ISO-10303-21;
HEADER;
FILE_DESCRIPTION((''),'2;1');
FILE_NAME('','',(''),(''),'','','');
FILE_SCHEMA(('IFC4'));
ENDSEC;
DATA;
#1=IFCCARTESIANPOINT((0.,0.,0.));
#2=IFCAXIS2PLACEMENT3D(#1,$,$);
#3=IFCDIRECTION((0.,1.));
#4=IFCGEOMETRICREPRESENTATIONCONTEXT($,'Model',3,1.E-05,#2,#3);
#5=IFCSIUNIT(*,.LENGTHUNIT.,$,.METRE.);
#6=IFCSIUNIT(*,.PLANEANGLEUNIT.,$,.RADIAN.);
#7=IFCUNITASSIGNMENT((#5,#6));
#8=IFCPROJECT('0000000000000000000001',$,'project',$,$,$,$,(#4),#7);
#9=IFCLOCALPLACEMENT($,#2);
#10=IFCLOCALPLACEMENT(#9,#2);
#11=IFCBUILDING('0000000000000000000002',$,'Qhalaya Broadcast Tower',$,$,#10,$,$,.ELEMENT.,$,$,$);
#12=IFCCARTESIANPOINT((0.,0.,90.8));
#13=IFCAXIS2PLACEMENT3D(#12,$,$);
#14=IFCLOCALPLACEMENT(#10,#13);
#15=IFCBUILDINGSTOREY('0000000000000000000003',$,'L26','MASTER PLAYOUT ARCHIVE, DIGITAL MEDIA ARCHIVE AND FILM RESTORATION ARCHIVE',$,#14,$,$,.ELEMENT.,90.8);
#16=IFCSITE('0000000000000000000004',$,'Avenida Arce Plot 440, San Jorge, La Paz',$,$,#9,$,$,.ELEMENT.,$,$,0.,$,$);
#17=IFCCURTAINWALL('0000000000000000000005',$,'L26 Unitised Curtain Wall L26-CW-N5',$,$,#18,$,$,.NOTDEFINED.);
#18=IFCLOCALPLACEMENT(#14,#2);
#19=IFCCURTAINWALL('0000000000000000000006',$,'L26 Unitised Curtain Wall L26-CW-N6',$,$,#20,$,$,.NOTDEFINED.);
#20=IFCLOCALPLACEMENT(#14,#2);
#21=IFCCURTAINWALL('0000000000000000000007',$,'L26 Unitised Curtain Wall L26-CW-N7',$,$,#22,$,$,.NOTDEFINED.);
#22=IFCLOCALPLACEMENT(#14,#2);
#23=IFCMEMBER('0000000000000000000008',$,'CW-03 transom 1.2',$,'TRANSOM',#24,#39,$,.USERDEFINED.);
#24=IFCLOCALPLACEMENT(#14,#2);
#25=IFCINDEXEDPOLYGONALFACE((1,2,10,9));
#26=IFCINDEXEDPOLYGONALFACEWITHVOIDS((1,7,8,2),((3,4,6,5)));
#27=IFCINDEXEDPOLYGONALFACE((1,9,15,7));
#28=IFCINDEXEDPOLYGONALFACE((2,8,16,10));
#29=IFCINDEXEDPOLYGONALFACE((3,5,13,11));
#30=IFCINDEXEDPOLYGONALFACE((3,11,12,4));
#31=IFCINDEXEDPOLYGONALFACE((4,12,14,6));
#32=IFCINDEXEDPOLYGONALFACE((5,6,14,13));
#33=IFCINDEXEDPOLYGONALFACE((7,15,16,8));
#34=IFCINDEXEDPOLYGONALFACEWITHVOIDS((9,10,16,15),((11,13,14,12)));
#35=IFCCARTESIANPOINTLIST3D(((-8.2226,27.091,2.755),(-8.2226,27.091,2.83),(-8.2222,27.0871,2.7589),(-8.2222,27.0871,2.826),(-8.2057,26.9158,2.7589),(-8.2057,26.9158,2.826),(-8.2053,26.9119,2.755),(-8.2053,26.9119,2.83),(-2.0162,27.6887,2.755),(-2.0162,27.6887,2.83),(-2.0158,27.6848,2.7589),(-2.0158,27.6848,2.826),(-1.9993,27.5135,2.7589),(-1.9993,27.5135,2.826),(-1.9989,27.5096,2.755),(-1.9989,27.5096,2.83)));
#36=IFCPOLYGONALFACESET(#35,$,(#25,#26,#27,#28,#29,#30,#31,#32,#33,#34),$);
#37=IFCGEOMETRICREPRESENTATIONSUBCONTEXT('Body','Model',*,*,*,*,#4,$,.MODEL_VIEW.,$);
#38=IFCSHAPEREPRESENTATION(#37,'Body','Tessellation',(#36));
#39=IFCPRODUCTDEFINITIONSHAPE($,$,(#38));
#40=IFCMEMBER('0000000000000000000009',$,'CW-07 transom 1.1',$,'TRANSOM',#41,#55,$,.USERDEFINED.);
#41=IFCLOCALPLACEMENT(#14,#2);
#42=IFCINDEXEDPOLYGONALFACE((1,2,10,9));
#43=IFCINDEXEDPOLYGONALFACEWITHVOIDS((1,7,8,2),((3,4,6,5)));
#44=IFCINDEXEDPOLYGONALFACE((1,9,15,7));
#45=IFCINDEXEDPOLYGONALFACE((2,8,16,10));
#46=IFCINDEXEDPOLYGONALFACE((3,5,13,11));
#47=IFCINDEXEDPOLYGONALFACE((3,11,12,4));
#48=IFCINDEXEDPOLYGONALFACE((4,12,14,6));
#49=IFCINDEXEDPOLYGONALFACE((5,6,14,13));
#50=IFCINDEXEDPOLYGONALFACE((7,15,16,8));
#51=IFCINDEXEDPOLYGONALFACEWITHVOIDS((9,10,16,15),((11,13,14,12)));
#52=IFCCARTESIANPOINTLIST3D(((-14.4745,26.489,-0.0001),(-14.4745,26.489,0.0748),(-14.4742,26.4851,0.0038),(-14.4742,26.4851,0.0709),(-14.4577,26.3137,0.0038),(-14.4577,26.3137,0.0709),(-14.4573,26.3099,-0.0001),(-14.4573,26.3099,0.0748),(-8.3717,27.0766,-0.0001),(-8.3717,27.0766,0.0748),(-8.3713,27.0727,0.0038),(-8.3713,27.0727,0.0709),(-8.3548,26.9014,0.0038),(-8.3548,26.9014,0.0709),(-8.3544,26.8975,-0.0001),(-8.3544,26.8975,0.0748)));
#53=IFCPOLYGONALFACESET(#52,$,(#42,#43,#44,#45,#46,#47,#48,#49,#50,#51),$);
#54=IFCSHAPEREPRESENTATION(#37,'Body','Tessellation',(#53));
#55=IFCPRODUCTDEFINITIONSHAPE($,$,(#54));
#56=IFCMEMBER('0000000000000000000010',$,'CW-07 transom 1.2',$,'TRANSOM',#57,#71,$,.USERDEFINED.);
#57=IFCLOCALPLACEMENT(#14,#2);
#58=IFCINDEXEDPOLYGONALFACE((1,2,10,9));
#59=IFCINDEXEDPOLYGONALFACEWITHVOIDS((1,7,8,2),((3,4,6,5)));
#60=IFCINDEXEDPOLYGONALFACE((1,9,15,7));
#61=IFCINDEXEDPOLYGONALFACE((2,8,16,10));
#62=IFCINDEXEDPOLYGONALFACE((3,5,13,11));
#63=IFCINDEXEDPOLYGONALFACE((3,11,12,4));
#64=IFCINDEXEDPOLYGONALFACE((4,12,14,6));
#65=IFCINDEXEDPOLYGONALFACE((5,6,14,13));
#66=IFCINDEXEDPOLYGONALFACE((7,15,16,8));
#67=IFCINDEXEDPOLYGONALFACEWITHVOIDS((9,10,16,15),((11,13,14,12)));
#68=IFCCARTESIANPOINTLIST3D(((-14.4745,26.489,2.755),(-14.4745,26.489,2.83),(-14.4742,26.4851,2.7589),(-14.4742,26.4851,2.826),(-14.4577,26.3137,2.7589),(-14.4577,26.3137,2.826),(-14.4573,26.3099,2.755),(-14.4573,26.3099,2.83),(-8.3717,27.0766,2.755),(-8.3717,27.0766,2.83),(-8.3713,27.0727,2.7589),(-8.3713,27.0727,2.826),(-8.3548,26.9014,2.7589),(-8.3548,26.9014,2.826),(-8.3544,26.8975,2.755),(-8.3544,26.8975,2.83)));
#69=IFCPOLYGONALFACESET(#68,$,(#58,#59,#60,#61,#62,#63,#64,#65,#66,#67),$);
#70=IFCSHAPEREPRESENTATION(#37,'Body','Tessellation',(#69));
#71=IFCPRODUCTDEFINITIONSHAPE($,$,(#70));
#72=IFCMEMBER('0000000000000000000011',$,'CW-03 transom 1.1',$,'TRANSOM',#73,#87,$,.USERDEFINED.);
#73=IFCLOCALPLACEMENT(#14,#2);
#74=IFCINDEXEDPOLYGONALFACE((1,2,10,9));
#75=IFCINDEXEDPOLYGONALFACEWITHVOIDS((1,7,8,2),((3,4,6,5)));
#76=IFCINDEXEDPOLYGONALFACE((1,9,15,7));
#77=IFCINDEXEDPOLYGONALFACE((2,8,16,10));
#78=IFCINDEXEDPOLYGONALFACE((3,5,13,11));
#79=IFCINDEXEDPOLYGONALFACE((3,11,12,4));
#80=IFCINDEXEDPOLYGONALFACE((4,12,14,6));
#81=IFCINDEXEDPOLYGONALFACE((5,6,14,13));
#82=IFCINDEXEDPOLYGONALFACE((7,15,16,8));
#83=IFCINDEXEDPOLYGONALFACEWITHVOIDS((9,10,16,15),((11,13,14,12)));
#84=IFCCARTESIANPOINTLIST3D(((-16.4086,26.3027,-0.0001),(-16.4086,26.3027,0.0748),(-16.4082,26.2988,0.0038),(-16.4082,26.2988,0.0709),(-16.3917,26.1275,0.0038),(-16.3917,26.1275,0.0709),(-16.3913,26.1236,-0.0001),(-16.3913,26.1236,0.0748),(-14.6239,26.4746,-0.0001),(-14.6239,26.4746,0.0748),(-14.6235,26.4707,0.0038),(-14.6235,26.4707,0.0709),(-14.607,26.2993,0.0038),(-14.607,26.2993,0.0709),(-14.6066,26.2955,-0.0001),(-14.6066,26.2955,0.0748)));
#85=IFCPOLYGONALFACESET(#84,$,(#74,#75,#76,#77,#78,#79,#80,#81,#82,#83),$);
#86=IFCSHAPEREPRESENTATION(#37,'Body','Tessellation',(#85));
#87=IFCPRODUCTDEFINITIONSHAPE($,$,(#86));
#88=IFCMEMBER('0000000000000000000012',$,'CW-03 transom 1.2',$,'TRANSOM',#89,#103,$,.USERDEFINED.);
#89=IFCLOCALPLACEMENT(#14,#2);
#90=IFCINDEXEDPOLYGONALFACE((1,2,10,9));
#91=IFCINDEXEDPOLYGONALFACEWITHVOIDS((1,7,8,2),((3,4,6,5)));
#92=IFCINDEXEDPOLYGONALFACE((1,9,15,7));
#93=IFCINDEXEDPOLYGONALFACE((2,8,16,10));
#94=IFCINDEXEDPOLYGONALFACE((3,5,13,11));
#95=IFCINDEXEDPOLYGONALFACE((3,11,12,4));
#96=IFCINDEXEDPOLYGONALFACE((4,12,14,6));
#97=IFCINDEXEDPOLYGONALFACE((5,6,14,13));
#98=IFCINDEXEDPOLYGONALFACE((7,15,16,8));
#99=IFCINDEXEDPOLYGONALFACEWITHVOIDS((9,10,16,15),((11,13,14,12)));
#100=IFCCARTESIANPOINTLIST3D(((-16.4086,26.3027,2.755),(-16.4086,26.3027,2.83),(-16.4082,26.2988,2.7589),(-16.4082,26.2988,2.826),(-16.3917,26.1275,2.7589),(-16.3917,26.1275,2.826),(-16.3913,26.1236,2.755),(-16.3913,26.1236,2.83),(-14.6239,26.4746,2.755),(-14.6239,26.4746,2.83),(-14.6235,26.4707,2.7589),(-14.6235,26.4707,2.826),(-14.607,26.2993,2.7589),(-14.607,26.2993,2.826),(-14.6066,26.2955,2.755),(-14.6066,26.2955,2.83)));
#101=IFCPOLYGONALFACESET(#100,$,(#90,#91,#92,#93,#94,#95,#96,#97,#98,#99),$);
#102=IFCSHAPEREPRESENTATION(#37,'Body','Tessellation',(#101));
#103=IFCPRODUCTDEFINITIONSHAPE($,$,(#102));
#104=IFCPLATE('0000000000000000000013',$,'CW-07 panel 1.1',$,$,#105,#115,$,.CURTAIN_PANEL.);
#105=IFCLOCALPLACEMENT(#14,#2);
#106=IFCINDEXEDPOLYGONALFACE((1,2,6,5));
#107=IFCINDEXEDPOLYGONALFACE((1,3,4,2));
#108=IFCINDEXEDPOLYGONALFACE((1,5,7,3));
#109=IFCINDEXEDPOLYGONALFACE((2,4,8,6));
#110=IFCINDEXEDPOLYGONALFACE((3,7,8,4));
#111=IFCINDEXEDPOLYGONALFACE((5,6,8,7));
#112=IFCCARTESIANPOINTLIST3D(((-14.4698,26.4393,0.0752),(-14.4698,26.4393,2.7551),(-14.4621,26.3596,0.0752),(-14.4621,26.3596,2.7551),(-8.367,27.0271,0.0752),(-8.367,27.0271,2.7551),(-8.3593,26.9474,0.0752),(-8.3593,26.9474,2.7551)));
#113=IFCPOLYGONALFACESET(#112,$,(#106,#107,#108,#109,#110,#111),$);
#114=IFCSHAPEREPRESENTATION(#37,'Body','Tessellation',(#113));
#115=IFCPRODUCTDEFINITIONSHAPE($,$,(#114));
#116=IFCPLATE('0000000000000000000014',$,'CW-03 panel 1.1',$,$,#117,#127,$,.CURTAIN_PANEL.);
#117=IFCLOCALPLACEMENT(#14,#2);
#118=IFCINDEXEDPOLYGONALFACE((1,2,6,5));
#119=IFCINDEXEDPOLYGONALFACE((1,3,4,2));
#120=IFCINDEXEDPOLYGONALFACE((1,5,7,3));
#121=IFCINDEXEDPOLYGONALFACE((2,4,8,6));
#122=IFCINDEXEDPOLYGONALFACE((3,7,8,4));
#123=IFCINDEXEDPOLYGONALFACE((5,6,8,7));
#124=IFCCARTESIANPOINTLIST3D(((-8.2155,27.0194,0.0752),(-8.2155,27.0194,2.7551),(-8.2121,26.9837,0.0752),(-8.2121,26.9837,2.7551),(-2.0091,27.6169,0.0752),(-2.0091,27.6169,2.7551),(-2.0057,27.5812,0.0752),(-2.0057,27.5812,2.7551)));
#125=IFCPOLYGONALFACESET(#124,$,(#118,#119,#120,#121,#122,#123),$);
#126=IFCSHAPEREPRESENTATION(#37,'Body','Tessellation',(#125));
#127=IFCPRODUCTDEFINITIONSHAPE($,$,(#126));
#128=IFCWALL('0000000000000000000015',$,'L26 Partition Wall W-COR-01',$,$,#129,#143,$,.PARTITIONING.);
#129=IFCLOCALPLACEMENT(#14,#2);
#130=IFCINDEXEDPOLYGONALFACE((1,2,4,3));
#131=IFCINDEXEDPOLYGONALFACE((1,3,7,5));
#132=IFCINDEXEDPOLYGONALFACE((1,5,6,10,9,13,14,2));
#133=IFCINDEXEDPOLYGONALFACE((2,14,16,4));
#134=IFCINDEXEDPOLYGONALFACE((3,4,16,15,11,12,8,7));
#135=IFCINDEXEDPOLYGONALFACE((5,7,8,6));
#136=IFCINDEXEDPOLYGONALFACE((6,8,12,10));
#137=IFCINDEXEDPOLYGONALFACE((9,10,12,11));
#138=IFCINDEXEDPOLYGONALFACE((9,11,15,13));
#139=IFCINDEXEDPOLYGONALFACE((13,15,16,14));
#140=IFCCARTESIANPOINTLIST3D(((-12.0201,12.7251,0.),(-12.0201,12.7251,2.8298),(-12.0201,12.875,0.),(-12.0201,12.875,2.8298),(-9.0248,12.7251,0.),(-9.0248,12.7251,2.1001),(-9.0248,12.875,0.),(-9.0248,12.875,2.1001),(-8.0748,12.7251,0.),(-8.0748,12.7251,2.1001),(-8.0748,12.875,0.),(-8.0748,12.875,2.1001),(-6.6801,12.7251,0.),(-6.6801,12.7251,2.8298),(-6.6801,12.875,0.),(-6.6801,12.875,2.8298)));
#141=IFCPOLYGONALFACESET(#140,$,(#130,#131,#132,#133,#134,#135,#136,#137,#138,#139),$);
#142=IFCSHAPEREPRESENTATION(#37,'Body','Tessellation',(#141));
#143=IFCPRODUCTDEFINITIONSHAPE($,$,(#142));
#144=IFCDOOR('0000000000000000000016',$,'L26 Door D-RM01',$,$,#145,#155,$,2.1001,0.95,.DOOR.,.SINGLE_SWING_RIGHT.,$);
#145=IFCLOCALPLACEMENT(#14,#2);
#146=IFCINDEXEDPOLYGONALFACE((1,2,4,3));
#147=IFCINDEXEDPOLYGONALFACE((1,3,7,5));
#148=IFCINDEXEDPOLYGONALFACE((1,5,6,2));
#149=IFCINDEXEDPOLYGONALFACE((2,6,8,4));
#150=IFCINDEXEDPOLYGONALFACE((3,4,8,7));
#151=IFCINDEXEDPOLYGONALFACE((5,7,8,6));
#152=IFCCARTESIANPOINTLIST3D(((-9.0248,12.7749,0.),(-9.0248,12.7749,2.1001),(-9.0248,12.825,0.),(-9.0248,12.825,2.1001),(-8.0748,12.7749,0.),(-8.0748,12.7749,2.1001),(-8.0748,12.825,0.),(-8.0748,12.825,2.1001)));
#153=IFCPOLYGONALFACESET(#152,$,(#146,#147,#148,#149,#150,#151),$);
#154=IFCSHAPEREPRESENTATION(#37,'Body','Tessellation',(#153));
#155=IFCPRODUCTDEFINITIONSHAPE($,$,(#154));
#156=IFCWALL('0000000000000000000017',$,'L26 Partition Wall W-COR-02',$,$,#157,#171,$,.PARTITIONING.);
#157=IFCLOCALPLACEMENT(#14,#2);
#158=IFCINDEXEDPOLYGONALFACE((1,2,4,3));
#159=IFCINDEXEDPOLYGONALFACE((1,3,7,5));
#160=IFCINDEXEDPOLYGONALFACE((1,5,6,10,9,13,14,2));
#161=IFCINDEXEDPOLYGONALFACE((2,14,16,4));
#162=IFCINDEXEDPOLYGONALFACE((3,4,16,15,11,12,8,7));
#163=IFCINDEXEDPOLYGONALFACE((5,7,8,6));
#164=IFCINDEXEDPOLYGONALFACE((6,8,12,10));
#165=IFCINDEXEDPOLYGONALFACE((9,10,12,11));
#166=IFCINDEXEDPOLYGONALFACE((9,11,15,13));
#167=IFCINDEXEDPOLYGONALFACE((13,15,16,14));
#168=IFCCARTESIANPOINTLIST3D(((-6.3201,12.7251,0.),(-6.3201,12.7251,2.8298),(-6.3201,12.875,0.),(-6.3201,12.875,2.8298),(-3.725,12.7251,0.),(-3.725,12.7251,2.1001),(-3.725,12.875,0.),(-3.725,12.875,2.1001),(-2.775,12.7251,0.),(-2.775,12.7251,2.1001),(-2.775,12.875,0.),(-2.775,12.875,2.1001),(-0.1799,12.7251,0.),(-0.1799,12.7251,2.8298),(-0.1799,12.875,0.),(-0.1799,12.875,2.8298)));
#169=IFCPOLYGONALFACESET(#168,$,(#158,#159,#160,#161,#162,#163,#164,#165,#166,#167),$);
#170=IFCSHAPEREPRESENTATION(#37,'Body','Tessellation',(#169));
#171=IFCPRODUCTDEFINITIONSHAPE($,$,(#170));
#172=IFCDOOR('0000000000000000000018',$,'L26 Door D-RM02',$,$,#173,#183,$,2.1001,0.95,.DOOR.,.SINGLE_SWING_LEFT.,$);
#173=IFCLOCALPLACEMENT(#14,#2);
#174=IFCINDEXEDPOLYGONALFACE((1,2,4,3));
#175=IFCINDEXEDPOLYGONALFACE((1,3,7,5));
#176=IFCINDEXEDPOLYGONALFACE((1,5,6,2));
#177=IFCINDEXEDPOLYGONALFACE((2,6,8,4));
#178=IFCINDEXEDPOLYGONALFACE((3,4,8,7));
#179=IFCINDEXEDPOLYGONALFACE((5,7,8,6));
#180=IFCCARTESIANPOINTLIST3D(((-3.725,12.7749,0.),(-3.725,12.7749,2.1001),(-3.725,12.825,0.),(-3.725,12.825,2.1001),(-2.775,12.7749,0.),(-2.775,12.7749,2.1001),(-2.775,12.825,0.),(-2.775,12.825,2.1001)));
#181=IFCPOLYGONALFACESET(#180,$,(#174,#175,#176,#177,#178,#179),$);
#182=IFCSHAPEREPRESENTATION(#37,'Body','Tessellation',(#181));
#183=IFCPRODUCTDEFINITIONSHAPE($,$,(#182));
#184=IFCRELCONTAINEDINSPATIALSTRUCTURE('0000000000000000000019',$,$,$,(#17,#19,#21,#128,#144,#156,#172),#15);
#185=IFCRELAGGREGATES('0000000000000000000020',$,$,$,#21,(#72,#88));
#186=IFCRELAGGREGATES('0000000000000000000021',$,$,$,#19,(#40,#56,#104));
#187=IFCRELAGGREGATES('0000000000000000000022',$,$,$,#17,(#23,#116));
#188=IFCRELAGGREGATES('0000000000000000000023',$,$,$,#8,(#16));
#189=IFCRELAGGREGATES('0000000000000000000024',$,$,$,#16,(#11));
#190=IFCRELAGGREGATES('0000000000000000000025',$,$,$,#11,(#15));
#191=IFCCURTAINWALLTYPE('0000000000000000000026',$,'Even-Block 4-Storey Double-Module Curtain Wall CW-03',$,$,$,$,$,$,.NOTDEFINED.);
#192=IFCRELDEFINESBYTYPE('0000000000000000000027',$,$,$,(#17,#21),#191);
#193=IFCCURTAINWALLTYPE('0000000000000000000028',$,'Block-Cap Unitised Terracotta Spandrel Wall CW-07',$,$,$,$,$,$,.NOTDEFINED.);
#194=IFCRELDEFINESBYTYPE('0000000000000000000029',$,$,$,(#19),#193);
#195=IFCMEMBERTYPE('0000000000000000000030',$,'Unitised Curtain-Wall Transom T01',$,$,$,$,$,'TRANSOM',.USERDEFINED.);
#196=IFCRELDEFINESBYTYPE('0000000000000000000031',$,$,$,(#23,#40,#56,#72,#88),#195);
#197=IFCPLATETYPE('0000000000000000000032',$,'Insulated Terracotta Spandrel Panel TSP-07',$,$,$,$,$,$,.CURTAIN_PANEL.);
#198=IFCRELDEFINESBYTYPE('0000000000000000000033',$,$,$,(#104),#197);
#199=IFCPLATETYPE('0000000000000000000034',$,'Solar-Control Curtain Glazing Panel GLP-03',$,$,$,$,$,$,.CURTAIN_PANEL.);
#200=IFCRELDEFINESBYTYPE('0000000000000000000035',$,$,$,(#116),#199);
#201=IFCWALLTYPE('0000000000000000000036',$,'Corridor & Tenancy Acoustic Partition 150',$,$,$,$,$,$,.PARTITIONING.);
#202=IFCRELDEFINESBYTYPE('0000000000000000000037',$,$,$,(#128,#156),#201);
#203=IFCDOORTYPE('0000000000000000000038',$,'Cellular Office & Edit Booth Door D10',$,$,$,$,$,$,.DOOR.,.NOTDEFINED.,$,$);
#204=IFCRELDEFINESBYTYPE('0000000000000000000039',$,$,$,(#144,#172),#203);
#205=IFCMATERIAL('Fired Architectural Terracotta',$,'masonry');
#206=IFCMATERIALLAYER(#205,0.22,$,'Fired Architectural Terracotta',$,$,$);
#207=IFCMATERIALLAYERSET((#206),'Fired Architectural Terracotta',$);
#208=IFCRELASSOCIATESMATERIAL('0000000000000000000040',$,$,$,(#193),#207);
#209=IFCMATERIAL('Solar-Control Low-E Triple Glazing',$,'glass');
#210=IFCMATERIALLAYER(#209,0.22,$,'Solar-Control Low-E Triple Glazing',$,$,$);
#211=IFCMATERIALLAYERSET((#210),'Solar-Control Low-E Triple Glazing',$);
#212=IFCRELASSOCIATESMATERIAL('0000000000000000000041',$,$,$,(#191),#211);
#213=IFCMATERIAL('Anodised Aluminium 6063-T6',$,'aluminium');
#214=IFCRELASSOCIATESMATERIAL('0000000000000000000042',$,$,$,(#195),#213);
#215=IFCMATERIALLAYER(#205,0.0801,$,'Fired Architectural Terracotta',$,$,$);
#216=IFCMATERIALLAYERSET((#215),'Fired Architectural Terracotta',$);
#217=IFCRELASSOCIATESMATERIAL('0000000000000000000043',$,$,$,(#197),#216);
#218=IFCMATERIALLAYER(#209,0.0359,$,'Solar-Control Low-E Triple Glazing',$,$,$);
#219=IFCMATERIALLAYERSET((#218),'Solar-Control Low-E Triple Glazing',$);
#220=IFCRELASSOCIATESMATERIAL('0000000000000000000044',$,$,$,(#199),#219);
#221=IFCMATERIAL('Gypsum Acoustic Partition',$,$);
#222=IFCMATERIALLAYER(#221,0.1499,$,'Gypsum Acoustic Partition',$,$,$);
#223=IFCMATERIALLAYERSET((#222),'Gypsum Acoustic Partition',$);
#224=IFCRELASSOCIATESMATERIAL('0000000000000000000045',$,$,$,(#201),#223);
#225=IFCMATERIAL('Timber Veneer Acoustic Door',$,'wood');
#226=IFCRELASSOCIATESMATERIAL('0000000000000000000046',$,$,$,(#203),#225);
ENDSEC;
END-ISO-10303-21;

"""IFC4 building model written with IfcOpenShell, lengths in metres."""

from ifc_helpers import new_model, si_unit, direction, frame, frame_2d, origin, origin_2d, place, context, subcontext, project, spatial, rectangle, hollow_rectangle, extrude, material, layer, layer_set, material_profile, profile_set, type_object, element, fill, aggregate, save


model = new_model("IFC4")

# Units and contexts
model_context = context("Model", 3, precision=1e-05, world=origin(), true_north=direction((0.0, 1.0)))
body_context = subcontext(model_context, "Body", "Model", "MODEL_VIEW")
ifc_project = project(units=[si_unit("LENGTHUNIT", "METRE"), si_unit("PLANEANGLEUNIT", "RADIAN")], contexts=[model_context])

# Site, building, storey
site_placement = place(None, origin())
site = spatial("IfcSite", under=ifc_project, at=site_placement, Name="Avenida Arce Plot 440, San Jorge, La Paz", CompositionType="ELEMENT", RefElevation=0.0)
building_placement = place(site_placement, origin())
building = spatial("IfcBuilding", under=site, at=building_placement, Name="Qhalaya Broadcast Tower", CompositionType="ELEMENT")
storey_placement = place(building_placement, frame((0.0, 0.0, 90.8)))
storey = spatial("IfcBuildingStorey", under=building, at=storey_placement, Name="L26", Description="MASTER PLAYOUT ARCHIVE, DIGITAL MEDIA ARCHIVE AND FILM RESTORATION ARCHIVE", CompositionType="ELEMENT", Elevation=90.8)

# Shared definitions
ifc_material_1 = material(Name="Fired Architectural Terracotta", Category="masonry")
ifc_layer_1 = layer(ifc_material_1, 0.22, Name="Fired Architectural Terracotta")
ifc_layer_set_1 = layer_set([ifc_layer_1], Name="Fired Architectural Terracotta")
curtain_wall_type_1 = type_object("IfcCurtainWallType", Name="Block-Cap Unitised Terracotta Spandrel Wall CW-07", PredefinedType="NOTDEFINED", material=ifc_layer_set_1)
ifc_material_2 = material(Name="Anodised Aluminium 6063-T6", Category="aluminium")

# Curtain walls
ifc_material_3 = material(Name="Solar-Control Low-E Triple Glazing", Category="glass")
ifc_layer_2 = layer(ifc_material_3, 0.22, Name="Solar-Control Low-E Triple Glazing")
ifc_layer_set_2 = layer_set([ifc_layer_2], Name="Solar-Control Low-E Triple Glazing")
curtain_wall_type_2 = type_object("IfcCurtainWallType", Name="Even-Block 4-Storey Double-Module Curtain Wall CW-03", PredefinedType="NOTDEFINED", material=ifc_layer_set_2)
curtain_wall_1_placement = place(storey_placement, origin())
curtain_wall_1 = element("IfcCurtainWall", 1, at=curtain_wall_1_placement, inside=storey, type_object=curtain_wall_type_2, Name="L26 Unitised Curtain Wall L26-CW-N5", PredefinedType="NOTDEFINED")
curtain_wall_2_placement = place(storey_placement, origin())
curtain_wall_2 = element("IfcCurtainWall", 2, at=curtain_wall_2_placement, inside=storey, type_object=curtain_wall_type_1, Name="L26 Unitised Curtain Wall L26-CW-N6", PredefinedType="NOTDEFINED")

# Curtain wall
curtain_wall_3_placement = place(storey_placement, origin())
curtain_wall_3 = element("IfcCurtainWall", 3, at=curtain_wall_3_placement, inside=storey, type_object=curtain_wall_type_2, Name="L26 Unitised Curtain Wall L26-CW-N7", PredefinedType="NOTDEFINED")

# Members
ifc_material_profile_1 = material_profile(ifc_material_2, hollow_rectangle(XDim=0.075, YDim=0.1799, WallThickness=0.0039, at=origin_2d()), Name="ALU-TRN 75x180x4")
ifc_profile_set_1 = profile_set([ifc_material_profile_1], Name="Anodised Aluminium 6063-T6")
member_type_1 = type_object("IfcMemberType", Name="Unitised Curtain-Wall Transom T01", ElementType="TRANSOM", PredefinedType="USERDEFINED", material=ifc_profile_set_1)
member_1_placement = place(storey_placement, frame((-2.0076, 27.5991, 2.7925), z_axis=(-0.995395, -0.095855, 0.0), x_axis=(0.0, 0.0, 1.0)))
member_1 = element("IfcMember", 4, at=member_1_placement, type_object=member_type_1, Name="CW-03 transom 1.2", ObjectType="TRANSOM", PredefinedType="USERDEFINED", context=body_context, shape_type="SweptSolid", body=[
    extrude(hollow_rectangle(XDim=0.075, YDim=0.1799, WallThickness=0.0039, at=origin_2d()), origin(), (0.0, 0.0, 1.0), 6.2351),
])
member_2_placement = place(storey_placement, frame((-8.363, 26.9871, 0.0374), z_axis=(-0.995396, -0.095848, 0.0), x_axis=(0.0, 0.0, 1.0)))
member_2 = element("IfcMember", 5, at=member_2_placement, type_object=member_type_1, Name="CW-07 transom 1.1", ObjectType="TRANSOM", PredefinedType="USERDEFINED", context=body_context, shape_type="SweptSolid", body=[
    extrude(hollow_rectangle(XDim=0.075, YDim=0.1799, WallThickness=0.0039, at=origin_2d()), origin(), (0.0, 0.0, 1.0), 6.1311),
])
member_3_placement = place(storey_placement, frame((-8.363, 26.9871, 2.7925), z_axis=(-0.995396, -0.095848, 0.0), x_axis=(0.0, 0.0, 1.0)))
member_3 = element("IfcMember", 6, at=member_3_placement, type_object=member_type_1, Name="CW-07 transom 1.2", ObjectType="TRANSOM", PredefinedType="USERDEFINED", context=body_context, shape_type="SweptSolid", body=[
    extrude(hollow_rectangle(XDim=0.075, YDim=0.1799, WallThickness=0.0039, at=origin_2d()), origin(), (0.0, 0.0, 1.0), 6.1311),
])
member_4_placement = place(storey_placement, frame((-14.6152, 26.385, 0.0374), z_axis=(-0.995395, -0.095863, 0.0), x_axis=(0.0, 0.0, 1.0)))
member_4 = element("IfcMember", 7, at=member_4_placement, type_object=member_type_1, Name="CW-03 transom 1.1", ObjectType="TRANSOM", PredefinedType="USERDEFINED", context=body_context, shape_type="SweptSolid", body=[
    extrude(hollow_rectangle(XDim=0.075, YDim=0.1799, WallThickness=0.0039, at=origin_2d()), origin(), (0.0, 0.0, 1.0), 1.793),
])
member_5_placement = place(storey_placement, frame((-14.6152, 26.385, 2.7925), z_axis=(-0.995395, -0.095863, 0.0), x_axis=(0.0, 0.0, 1.0)))
member_5 = element("IfcMember", 8, at=member_5_placement, type_object=member_type_1, Name="CW-03 transom 1.2", ObjectType="TRANSOM", PredefinedType="USERDEFINED", context=body_context, shape_type="SweptSolid", body=[
    extrude(hollow_rectangle(XDim=0.075, YDim=0.1799, WallThickness=0.0039, at=origin_2d()), origin(), (0.0, 0.0, 1.0), 1.793),
])
aggregate(curtain_wall_3, [member_4, member_5])

# Plates
ifc_layer_3 = layer(ifc_material_1, 0.0801, Name="Fired Architectural Terracotta")
ifc_layer_set_3 = layer_set([ifc_layer_3], Name="Fired Architectural Terracotta")
plate_type_1 = type_object("IfcPlateType", Name="Insulated Terracotta Spandrel Panel TSP-07", PredefinedType="CURTAIN_PANEL", material=ifc_layer_set_3)
plate_1_placement = place(storey_placement, frame((-11.4146, 26.6934, 0.0752), z_axis=(0.0, 0.0, 1.0), x_axis=(-0.995395, -0.09586, 0.0)))
plate_1 = element("IfcPlate", 9, at=plate_1_placement, type_object=plate_type_1, Name="CW-07 panel 1.1", PredefinedType="CURTAIN_PANEL", context=body_context, shape_type="SweptSolid", body=[
    extrude(rectangle(XDim=6.1311, YDim=0.0801, at=origin_2d()), origin(), (0.0, 0.0, 1.0), 2.6799),
])
aggregate(curtain_wall_2, [member_2, member_3, plate_1])
ifc_layer_4 = layer(ifc_material_3, 0.0359, Name="Solar-Control Low-E Triple Glazing")
ifc_layer_set_4 = layer_set([ifc_layer_4], Name="Solar-Control Low-E Triple Glazing")
plate_type_2 = type_object("IfcPlateType", Name="Solar-Control Curtain Glazing Panel GLP-03", PredefinedType="CURTAIN_PANEL", material=ifc_layer_set_4)
plate_2_placement = place(storey_placement, frame((-5.1106, 27.3003, 0.0752), z_axis=(0.0, 0.0, 1.0), x_axis=(-0.995397, -0.095834, 0.0)))
plate_2 = element("IfcPlate", 10, at=plate_2_placement, type_object=plate_type_2, Name="CW-03 panel 1.1", PredefinedType="CURTAIN_PANEL", context=body_context, shape_type="SweptSolid", body=[
    extrude(rectangle(XDim=6.2351, YDim=0.0359, at=origin_2d()), origin(), (0.0, 0.0, 1.0), 2.6799),
])
aggregate(curtain_wall_1, [member_1, plate_2])

# Walls, openings, doors
ifc_material_4 = material(Name="Gypsum Acoustic Partition")
ifc_layer_5 = layer(ifc_material_4, 0.1499, Name="Gypsum Acoustic Partition")
ifc_layer_set_5 = layer_set([ifc_layer_5], Name="Gypsum Acoustic Partition")
wall_type_1 = type_object("IfcWallType", Name="Corridor & Tenancy Acoustic Partition 150", PredefinedType="PARTITIONING", material=ifc_layer_set_5)
wall_1_placement = place(storey_placement, frame((-12.02, 12.8, 0.0), z_axis=(0.0, 0.0, 1.0), x_axis=(1.0, 0.0, 0.0)))
wall_1 = element("IfcWall", 11, at=wall_1_placement, inside=storey, type_object=wall_type_1, Name="L26 Partition Wall W-COR-01", PredefinedType="PARTITIONING", context=body_context, shape_type="SweptSolid", body=[
    extrude(rectangle(XDim=5.3401, YDim=0.1499, at=frame_2d((2.6699, 0.0))), origin(), (0.0, 0.0, 1.0), 2.8298),
])
opening_1_placement = place(wall_1_placement, frame((2.9951, 0.0, 0.0)))
opening_1 = element("IfcOpeningElement", 12, at=opening_1_placement, cuts=wall_1, PredefinedType="OPENING", context=body_context, shape_type="SweptSolid", body=[
    extrude(rectangle(XDim=0.95, YDim=2.1001, at=frame_2d((0.4751, 1.05))), frame((0.0, 0.0869, 0.0), z_axis=(0.0, -1.0, 0.0), x_axis=(1.0, 0.0, 0.0)), (0.0, 0.0, 1.0), 0.1738),
])
ifc_material_5 = material(Name="Timber Veneer Acoustic Door", Category="wood")
door_type = type_object("IfcDoorType", Name="Cellular Office & Edit Booth Door D10", OperationType="NOTDEFINED", PredefinedType="DOOR", material=ifc_material_5)
door_1_placement = place(opening_1_placement, origin())
door_1 = element("IfcDoor", 13, at=door_1_placement, inside=storey, type_object=door_type, Name="L26 Door D-RM01", OperationType="SINGLE_SWING_RIGHT", OverallHeight=2.1001, OverallWidth=0.95, PredefinedType="DOOR", context=body_context, shape_type="SweptSolid", body=[
    extrude(rectangle(XDim=0.95, YDim=2.1001, at=frame_2d((0.4751, 1.05))), frame((0.0, 0.0249, 0.0), z_axis=(0.0, -1.0, 0.0), x_axis=(1.0, 0.0, 0.0)), (0.0, 0.0, 1.0), 0.05),
])
fill(opening_1, door_1)
wall_2_placement = place(storey_placement, frame((-6.3201, 12.8, 0.0), z_axis=(0.0, 0.0, 1.0), x_axis=(1.0, 0.0, 0.0)))
wall_2 = element("IfcWall", 14, at=wall_2_placement, inside=storey, type_object=wall_type_1, Name="L26 Partition Wall W-COR-02", PredefinedType="PARTITIONING", context=body_context, shape_type="SweptSolid", body=[
    extrude(rectangle(XDim=6.1401, YDim=0.1499, at=frame_2d((3.0701, 0.0))), origin(), (0.0, 0.0, 1.0), 2.8298),
])
opening_2_placement = place(wall_2_placement, frame((2.595, 0.0, 0.0)))
opening_2 = element("IfcOpeningElement", 15, at=opening_2_placement, cuts=wall_2, PredefinedType="OPENING", context=body_context, shape_type="SweptSolid", body=[
    extrude(rectangle(XDim=0.95, YDim=2.1001, at=frame_2d((0.4751, 1.05))), frame((0.0, 0.0869, 0.0), z_axis=(0.0, -1.0, 0.0), x_axis=(1.0, 0.0, 0.0)), (0.0, 0.0, 1.0), 0.1738),
])
door_2_placement = place(opening_2_placement, origin())
door_2 = element("IfcDoor", 16, at=door_2_placement, inside=storey, type_object=door_type, Name="L26 Door D-RM02", OperationType="SINGLE_SWING_LEFT", OverallHeight=2.1001, OverallWidth=0.95, PredefinedType="DOOR", context=body_context, shape_type="SweptSolid", body=[
    extrude(rectangle(XDim=0.95, YDim=2.1001, at=frame_2d((0.4751, 1.05))), frame((0.0, 0.0249, 0.0), z_axis=(0.0, -1.0, 0.0), x_axis=(1.0, 0.0, 0.0)), (0.0, 0.0, 1.0), 0.05),
])
fill(opening_2, door_2)

save(model, "model.ifc")
